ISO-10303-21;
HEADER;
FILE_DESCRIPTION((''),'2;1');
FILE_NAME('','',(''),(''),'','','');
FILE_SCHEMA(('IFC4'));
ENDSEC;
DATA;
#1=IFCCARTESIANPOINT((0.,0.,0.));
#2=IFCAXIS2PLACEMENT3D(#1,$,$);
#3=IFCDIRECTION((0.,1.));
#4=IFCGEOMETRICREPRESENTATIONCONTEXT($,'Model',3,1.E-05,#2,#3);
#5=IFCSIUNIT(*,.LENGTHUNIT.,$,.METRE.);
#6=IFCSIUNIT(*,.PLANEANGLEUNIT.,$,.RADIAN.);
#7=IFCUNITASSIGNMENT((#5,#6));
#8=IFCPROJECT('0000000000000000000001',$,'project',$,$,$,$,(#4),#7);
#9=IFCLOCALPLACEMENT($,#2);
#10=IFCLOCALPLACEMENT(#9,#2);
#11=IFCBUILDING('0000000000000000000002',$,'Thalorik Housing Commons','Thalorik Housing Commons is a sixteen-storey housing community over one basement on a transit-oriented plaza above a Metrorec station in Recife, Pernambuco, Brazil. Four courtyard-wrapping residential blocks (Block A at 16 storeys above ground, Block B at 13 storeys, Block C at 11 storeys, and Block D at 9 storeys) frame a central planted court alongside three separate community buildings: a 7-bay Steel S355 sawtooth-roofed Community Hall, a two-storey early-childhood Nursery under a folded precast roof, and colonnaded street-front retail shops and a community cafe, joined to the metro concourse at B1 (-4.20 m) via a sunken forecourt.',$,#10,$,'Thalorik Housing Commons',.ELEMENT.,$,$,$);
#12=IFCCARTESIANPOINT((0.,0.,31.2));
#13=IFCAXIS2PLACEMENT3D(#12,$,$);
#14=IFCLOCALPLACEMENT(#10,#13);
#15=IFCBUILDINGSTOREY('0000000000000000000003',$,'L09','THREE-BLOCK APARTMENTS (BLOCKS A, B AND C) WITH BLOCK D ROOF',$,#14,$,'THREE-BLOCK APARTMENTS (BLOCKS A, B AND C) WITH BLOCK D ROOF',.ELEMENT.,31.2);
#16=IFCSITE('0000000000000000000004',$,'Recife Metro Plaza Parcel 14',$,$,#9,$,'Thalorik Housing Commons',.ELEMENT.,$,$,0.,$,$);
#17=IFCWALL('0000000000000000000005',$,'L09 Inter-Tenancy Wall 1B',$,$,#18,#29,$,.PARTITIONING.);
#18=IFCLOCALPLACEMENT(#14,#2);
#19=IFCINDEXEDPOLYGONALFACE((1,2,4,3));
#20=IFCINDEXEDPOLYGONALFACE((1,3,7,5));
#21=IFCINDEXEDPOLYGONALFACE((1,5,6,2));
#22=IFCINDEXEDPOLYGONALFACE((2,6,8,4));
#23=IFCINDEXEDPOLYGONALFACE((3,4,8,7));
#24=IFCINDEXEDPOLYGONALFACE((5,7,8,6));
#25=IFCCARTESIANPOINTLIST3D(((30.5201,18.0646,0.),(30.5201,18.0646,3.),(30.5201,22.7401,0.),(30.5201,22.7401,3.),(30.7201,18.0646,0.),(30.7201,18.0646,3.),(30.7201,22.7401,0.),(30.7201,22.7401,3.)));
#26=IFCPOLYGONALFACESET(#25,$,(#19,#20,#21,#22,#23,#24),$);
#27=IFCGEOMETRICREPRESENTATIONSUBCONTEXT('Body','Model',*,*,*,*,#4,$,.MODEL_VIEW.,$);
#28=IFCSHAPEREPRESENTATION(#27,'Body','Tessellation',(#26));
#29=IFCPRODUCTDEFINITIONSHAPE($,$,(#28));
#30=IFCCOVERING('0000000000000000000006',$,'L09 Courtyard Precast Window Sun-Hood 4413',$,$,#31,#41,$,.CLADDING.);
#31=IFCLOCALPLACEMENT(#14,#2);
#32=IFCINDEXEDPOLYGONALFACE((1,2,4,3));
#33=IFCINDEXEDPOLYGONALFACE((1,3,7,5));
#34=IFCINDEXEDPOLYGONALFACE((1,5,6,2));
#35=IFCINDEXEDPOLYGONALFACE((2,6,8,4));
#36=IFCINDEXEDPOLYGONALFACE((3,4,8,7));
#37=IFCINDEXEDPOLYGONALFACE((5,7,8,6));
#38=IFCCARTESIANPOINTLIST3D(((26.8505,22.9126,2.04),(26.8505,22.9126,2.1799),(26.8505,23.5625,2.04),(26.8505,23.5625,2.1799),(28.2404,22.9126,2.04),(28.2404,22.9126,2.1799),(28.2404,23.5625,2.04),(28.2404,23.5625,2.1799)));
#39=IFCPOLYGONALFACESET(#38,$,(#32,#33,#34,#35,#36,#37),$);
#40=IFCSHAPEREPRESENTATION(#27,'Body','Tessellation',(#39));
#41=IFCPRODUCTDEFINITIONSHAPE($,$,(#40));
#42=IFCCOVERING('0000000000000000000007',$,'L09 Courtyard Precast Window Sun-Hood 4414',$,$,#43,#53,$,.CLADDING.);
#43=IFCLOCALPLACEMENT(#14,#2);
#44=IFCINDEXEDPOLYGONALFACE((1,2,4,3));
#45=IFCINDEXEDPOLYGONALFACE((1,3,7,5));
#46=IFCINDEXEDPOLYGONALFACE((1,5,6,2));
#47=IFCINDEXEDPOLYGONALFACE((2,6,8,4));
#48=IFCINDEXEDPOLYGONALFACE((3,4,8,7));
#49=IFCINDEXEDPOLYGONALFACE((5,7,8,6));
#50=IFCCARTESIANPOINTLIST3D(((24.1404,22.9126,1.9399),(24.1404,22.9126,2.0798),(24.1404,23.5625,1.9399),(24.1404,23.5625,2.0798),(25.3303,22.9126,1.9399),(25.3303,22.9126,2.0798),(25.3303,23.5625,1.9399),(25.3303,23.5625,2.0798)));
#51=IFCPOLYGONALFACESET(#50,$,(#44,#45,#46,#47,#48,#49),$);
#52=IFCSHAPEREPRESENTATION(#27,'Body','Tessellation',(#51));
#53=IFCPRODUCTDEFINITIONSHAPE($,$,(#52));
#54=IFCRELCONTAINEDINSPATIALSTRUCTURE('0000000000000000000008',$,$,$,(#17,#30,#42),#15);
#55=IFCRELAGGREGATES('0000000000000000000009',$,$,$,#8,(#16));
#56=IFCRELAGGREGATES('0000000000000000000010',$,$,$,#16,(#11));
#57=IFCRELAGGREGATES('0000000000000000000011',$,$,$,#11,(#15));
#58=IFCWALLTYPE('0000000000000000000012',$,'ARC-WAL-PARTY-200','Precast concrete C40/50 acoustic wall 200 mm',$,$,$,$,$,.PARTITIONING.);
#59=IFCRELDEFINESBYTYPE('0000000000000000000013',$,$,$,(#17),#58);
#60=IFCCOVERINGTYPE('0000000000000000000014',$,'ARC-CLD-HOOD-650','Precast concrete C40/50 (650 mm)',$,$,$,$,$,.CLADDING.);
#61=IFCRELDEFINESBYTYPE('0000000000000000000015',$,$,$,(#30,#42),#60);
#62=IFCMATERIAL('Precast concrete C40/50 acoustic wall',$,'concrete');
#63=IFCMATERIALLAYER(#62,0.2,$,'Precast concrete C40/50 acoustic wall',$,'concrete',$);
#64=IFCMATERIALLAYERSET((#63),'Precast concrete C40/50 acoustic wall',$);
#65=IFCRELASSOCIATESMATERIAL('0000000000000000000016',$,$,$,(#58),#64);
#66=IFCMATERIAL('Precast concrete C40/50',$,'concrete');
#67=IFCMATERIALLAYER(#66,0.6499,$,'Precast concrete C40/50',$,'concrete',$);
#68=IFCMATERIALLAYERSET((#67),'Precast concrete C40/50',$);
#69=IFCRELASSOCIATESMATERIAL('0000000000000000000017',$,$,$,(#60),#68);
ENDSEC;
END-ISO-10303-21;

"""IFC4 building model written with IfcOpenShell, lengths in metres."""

from ifc_helpers import new_model, si_unit, direction, frame, frame_2d, origin, origin_2d, place, context, subcontext, project, spatial, rectangle, extrude, material, layer, layer_set, type_object, element, save


model = new_model("IFC4")

# Units and contexts
model_context = context("Model", 3, precision=1e-05, world=origin(), true_north=direction((0.0, 1.0)))
body_context = subcontext(model_context, "Body", "Model", "MODEL_VIEW")
ifc_project = project(units=[si_unit("LENGTHUNIT", "METRE"), si_unit("PLANEANGLEUNIT", "RADIAN")], contexts=[model_context])

# Site, building, storey
site_placement = place(None, origin())
site = spatial("IfcSite", under=ifc_project, at=site_placement, Name="Recife Metro Plaza Parcel 14", LongName="Thalorik Housing Commons", CompositionType="ELEMENT", RefElevation=0.0)
building_placement = place(site_placement, origin())
building = spatial("IfcBuilding", under=site, at=building_placement, Name="Thalorik Housing Commons", Description="Thalorik Housing Commons is a sixteen-storey housing community over one basement on a transit-oriented plaza above a Metrorec station in Recife, Pernambuco, Brazil. Four courtyard-wrapping residential blocks (Block A at 16 storeys above ground, Block B at 13 storeys, Block C at 11 storeys, and Block D at 9 storeys) frame a central planted court alongside three separate community buildings: a 7-bay Steel S355 sawtooth-roofed Community Hall, a two-storey early-childhood Nursery under a folded precast roof, and colonnaded street-front retail shops and a community cafe, joined to the metro concourse at B1 (-4.20 m) via a sunken forecourt.", LongName="Thalorik Housing Commons", CompositionType="ELEMENT")
storey_placement = place(building_placement, frame((0.0, 0.0, 31.2)))
storey = spatial("IfcBuildingStorey", under=building, at=storey_placement, Name="L09", Description="THREE-BLOCK APARTMENTS (BLOCKS A, B AND C) WITH BLOCK D ROOF", LongName="THREE-BLOCK APARTMENTS (BLOCKS A, B AND C) WITH BLOCK D ROOF", CompositionType="ELEMENT", Elevation=31.2)

# Shared definitions
ifc_material_1 = material(Name="Precast concrete C40/50", Category="concrete")

# Wall
ifc_material_2 = material(Name="Precast concrete C40/50 acoustic wall", Category="concrete")
ifc_layer_1 = layer(ifc_material_2, 0.2, Name="Precast concrete C40/50 acoustic wall", Category="concrete")
ifc_layer_set_1 = layer_set([ifc_layer_1], Name="Precast concrete C40/50 acoustic wall")
wall_type_1 = type_object("IfcWallType", Name="ARC-WAL-PARTY-200", Description="Precast concrete C40/50 acoustic wall 200 mm", PredefinedType="PARTITIONING", material=ifc_layer_set_1)
wall_1_placement = place(storey_placement, frame((30.6201, 18.0645, 0.0), z_axis=(0.0, 0.0, 1.0), x_axis=(0.0, 1.0, 0.0)))
element("IfcWall", 1, at=wall_1_placement, inside=storey, type_object=wall_type_1, Name="L09 Inter-Tenancy Wall 1B", PredefinedType="PARTITIONING", context=body_context, shape_type="SweptSolid", body=[
    extrude(rectangle(XDim=4.6755, YDim=0.2, at=frame_2d((2.3379, 0.0))), origin(), (0.0, 0.0, 1.0), 3.0),
])

# Coverings
ifc_layer_2 = layer(ifc_material_1, 0.6499, Name="Precast concrete C40/50", Category="concrete")
ifc_layer_set_2 = layer_set([ifc_layer_2], Name="Precast concrete C40/50")
covering_type = type_object("IfcCoveringType", Name="ARC-CLD-HOOD-650", Description="Precast concrete C40/50 (650 mm)", PredefinedType="CLADDING", material=ifc_layer_set_2)
covering_1_placement = place(storey_placement, frame((27.5454, 23.2375, 2.04), z_axis=(0.0, 0.0, 1.0), x_axis=(-1.0, 0.0, 0.0)))
element("IfcCovering", 2, at=covering_1_placement, inside=storey, type_object=covering_type, Name="L09 Courtyard Precast Window Sun-Hood 4413", PredefinedType="CLADDING", context=body_context, shape_type="SweptSolid", body=[
    extrude(rectangle(XDim=1.3899, YDim=0.6499, at=origin_2d()), origin(), (0.0, 0.0, 1.0), 0.1399),
])
covering_2_placement = place(storey_placement, frame((24.7354, 23.2375, 1.9399), z_axis=(0.0, 0.0, 1.0), x_axis=(-1.0, 0.0, 0.0)))
element("IfcCovering", 3, at=covering_2_placement, inside=storey, type_object=covering_type, Name="L09 Courtyard Precast Window Sun-Hood 4414", PredefinedType="CLADDING", context=body_context, shape_type="SweptSolid", body=[
    extrude(rectangle(XDim=1.1899, YDim=0.6499, at=origin_2d()), origin(), (0.0, 0.0, 1.0), 0.1399),
])

save(model, "model.ifc")
